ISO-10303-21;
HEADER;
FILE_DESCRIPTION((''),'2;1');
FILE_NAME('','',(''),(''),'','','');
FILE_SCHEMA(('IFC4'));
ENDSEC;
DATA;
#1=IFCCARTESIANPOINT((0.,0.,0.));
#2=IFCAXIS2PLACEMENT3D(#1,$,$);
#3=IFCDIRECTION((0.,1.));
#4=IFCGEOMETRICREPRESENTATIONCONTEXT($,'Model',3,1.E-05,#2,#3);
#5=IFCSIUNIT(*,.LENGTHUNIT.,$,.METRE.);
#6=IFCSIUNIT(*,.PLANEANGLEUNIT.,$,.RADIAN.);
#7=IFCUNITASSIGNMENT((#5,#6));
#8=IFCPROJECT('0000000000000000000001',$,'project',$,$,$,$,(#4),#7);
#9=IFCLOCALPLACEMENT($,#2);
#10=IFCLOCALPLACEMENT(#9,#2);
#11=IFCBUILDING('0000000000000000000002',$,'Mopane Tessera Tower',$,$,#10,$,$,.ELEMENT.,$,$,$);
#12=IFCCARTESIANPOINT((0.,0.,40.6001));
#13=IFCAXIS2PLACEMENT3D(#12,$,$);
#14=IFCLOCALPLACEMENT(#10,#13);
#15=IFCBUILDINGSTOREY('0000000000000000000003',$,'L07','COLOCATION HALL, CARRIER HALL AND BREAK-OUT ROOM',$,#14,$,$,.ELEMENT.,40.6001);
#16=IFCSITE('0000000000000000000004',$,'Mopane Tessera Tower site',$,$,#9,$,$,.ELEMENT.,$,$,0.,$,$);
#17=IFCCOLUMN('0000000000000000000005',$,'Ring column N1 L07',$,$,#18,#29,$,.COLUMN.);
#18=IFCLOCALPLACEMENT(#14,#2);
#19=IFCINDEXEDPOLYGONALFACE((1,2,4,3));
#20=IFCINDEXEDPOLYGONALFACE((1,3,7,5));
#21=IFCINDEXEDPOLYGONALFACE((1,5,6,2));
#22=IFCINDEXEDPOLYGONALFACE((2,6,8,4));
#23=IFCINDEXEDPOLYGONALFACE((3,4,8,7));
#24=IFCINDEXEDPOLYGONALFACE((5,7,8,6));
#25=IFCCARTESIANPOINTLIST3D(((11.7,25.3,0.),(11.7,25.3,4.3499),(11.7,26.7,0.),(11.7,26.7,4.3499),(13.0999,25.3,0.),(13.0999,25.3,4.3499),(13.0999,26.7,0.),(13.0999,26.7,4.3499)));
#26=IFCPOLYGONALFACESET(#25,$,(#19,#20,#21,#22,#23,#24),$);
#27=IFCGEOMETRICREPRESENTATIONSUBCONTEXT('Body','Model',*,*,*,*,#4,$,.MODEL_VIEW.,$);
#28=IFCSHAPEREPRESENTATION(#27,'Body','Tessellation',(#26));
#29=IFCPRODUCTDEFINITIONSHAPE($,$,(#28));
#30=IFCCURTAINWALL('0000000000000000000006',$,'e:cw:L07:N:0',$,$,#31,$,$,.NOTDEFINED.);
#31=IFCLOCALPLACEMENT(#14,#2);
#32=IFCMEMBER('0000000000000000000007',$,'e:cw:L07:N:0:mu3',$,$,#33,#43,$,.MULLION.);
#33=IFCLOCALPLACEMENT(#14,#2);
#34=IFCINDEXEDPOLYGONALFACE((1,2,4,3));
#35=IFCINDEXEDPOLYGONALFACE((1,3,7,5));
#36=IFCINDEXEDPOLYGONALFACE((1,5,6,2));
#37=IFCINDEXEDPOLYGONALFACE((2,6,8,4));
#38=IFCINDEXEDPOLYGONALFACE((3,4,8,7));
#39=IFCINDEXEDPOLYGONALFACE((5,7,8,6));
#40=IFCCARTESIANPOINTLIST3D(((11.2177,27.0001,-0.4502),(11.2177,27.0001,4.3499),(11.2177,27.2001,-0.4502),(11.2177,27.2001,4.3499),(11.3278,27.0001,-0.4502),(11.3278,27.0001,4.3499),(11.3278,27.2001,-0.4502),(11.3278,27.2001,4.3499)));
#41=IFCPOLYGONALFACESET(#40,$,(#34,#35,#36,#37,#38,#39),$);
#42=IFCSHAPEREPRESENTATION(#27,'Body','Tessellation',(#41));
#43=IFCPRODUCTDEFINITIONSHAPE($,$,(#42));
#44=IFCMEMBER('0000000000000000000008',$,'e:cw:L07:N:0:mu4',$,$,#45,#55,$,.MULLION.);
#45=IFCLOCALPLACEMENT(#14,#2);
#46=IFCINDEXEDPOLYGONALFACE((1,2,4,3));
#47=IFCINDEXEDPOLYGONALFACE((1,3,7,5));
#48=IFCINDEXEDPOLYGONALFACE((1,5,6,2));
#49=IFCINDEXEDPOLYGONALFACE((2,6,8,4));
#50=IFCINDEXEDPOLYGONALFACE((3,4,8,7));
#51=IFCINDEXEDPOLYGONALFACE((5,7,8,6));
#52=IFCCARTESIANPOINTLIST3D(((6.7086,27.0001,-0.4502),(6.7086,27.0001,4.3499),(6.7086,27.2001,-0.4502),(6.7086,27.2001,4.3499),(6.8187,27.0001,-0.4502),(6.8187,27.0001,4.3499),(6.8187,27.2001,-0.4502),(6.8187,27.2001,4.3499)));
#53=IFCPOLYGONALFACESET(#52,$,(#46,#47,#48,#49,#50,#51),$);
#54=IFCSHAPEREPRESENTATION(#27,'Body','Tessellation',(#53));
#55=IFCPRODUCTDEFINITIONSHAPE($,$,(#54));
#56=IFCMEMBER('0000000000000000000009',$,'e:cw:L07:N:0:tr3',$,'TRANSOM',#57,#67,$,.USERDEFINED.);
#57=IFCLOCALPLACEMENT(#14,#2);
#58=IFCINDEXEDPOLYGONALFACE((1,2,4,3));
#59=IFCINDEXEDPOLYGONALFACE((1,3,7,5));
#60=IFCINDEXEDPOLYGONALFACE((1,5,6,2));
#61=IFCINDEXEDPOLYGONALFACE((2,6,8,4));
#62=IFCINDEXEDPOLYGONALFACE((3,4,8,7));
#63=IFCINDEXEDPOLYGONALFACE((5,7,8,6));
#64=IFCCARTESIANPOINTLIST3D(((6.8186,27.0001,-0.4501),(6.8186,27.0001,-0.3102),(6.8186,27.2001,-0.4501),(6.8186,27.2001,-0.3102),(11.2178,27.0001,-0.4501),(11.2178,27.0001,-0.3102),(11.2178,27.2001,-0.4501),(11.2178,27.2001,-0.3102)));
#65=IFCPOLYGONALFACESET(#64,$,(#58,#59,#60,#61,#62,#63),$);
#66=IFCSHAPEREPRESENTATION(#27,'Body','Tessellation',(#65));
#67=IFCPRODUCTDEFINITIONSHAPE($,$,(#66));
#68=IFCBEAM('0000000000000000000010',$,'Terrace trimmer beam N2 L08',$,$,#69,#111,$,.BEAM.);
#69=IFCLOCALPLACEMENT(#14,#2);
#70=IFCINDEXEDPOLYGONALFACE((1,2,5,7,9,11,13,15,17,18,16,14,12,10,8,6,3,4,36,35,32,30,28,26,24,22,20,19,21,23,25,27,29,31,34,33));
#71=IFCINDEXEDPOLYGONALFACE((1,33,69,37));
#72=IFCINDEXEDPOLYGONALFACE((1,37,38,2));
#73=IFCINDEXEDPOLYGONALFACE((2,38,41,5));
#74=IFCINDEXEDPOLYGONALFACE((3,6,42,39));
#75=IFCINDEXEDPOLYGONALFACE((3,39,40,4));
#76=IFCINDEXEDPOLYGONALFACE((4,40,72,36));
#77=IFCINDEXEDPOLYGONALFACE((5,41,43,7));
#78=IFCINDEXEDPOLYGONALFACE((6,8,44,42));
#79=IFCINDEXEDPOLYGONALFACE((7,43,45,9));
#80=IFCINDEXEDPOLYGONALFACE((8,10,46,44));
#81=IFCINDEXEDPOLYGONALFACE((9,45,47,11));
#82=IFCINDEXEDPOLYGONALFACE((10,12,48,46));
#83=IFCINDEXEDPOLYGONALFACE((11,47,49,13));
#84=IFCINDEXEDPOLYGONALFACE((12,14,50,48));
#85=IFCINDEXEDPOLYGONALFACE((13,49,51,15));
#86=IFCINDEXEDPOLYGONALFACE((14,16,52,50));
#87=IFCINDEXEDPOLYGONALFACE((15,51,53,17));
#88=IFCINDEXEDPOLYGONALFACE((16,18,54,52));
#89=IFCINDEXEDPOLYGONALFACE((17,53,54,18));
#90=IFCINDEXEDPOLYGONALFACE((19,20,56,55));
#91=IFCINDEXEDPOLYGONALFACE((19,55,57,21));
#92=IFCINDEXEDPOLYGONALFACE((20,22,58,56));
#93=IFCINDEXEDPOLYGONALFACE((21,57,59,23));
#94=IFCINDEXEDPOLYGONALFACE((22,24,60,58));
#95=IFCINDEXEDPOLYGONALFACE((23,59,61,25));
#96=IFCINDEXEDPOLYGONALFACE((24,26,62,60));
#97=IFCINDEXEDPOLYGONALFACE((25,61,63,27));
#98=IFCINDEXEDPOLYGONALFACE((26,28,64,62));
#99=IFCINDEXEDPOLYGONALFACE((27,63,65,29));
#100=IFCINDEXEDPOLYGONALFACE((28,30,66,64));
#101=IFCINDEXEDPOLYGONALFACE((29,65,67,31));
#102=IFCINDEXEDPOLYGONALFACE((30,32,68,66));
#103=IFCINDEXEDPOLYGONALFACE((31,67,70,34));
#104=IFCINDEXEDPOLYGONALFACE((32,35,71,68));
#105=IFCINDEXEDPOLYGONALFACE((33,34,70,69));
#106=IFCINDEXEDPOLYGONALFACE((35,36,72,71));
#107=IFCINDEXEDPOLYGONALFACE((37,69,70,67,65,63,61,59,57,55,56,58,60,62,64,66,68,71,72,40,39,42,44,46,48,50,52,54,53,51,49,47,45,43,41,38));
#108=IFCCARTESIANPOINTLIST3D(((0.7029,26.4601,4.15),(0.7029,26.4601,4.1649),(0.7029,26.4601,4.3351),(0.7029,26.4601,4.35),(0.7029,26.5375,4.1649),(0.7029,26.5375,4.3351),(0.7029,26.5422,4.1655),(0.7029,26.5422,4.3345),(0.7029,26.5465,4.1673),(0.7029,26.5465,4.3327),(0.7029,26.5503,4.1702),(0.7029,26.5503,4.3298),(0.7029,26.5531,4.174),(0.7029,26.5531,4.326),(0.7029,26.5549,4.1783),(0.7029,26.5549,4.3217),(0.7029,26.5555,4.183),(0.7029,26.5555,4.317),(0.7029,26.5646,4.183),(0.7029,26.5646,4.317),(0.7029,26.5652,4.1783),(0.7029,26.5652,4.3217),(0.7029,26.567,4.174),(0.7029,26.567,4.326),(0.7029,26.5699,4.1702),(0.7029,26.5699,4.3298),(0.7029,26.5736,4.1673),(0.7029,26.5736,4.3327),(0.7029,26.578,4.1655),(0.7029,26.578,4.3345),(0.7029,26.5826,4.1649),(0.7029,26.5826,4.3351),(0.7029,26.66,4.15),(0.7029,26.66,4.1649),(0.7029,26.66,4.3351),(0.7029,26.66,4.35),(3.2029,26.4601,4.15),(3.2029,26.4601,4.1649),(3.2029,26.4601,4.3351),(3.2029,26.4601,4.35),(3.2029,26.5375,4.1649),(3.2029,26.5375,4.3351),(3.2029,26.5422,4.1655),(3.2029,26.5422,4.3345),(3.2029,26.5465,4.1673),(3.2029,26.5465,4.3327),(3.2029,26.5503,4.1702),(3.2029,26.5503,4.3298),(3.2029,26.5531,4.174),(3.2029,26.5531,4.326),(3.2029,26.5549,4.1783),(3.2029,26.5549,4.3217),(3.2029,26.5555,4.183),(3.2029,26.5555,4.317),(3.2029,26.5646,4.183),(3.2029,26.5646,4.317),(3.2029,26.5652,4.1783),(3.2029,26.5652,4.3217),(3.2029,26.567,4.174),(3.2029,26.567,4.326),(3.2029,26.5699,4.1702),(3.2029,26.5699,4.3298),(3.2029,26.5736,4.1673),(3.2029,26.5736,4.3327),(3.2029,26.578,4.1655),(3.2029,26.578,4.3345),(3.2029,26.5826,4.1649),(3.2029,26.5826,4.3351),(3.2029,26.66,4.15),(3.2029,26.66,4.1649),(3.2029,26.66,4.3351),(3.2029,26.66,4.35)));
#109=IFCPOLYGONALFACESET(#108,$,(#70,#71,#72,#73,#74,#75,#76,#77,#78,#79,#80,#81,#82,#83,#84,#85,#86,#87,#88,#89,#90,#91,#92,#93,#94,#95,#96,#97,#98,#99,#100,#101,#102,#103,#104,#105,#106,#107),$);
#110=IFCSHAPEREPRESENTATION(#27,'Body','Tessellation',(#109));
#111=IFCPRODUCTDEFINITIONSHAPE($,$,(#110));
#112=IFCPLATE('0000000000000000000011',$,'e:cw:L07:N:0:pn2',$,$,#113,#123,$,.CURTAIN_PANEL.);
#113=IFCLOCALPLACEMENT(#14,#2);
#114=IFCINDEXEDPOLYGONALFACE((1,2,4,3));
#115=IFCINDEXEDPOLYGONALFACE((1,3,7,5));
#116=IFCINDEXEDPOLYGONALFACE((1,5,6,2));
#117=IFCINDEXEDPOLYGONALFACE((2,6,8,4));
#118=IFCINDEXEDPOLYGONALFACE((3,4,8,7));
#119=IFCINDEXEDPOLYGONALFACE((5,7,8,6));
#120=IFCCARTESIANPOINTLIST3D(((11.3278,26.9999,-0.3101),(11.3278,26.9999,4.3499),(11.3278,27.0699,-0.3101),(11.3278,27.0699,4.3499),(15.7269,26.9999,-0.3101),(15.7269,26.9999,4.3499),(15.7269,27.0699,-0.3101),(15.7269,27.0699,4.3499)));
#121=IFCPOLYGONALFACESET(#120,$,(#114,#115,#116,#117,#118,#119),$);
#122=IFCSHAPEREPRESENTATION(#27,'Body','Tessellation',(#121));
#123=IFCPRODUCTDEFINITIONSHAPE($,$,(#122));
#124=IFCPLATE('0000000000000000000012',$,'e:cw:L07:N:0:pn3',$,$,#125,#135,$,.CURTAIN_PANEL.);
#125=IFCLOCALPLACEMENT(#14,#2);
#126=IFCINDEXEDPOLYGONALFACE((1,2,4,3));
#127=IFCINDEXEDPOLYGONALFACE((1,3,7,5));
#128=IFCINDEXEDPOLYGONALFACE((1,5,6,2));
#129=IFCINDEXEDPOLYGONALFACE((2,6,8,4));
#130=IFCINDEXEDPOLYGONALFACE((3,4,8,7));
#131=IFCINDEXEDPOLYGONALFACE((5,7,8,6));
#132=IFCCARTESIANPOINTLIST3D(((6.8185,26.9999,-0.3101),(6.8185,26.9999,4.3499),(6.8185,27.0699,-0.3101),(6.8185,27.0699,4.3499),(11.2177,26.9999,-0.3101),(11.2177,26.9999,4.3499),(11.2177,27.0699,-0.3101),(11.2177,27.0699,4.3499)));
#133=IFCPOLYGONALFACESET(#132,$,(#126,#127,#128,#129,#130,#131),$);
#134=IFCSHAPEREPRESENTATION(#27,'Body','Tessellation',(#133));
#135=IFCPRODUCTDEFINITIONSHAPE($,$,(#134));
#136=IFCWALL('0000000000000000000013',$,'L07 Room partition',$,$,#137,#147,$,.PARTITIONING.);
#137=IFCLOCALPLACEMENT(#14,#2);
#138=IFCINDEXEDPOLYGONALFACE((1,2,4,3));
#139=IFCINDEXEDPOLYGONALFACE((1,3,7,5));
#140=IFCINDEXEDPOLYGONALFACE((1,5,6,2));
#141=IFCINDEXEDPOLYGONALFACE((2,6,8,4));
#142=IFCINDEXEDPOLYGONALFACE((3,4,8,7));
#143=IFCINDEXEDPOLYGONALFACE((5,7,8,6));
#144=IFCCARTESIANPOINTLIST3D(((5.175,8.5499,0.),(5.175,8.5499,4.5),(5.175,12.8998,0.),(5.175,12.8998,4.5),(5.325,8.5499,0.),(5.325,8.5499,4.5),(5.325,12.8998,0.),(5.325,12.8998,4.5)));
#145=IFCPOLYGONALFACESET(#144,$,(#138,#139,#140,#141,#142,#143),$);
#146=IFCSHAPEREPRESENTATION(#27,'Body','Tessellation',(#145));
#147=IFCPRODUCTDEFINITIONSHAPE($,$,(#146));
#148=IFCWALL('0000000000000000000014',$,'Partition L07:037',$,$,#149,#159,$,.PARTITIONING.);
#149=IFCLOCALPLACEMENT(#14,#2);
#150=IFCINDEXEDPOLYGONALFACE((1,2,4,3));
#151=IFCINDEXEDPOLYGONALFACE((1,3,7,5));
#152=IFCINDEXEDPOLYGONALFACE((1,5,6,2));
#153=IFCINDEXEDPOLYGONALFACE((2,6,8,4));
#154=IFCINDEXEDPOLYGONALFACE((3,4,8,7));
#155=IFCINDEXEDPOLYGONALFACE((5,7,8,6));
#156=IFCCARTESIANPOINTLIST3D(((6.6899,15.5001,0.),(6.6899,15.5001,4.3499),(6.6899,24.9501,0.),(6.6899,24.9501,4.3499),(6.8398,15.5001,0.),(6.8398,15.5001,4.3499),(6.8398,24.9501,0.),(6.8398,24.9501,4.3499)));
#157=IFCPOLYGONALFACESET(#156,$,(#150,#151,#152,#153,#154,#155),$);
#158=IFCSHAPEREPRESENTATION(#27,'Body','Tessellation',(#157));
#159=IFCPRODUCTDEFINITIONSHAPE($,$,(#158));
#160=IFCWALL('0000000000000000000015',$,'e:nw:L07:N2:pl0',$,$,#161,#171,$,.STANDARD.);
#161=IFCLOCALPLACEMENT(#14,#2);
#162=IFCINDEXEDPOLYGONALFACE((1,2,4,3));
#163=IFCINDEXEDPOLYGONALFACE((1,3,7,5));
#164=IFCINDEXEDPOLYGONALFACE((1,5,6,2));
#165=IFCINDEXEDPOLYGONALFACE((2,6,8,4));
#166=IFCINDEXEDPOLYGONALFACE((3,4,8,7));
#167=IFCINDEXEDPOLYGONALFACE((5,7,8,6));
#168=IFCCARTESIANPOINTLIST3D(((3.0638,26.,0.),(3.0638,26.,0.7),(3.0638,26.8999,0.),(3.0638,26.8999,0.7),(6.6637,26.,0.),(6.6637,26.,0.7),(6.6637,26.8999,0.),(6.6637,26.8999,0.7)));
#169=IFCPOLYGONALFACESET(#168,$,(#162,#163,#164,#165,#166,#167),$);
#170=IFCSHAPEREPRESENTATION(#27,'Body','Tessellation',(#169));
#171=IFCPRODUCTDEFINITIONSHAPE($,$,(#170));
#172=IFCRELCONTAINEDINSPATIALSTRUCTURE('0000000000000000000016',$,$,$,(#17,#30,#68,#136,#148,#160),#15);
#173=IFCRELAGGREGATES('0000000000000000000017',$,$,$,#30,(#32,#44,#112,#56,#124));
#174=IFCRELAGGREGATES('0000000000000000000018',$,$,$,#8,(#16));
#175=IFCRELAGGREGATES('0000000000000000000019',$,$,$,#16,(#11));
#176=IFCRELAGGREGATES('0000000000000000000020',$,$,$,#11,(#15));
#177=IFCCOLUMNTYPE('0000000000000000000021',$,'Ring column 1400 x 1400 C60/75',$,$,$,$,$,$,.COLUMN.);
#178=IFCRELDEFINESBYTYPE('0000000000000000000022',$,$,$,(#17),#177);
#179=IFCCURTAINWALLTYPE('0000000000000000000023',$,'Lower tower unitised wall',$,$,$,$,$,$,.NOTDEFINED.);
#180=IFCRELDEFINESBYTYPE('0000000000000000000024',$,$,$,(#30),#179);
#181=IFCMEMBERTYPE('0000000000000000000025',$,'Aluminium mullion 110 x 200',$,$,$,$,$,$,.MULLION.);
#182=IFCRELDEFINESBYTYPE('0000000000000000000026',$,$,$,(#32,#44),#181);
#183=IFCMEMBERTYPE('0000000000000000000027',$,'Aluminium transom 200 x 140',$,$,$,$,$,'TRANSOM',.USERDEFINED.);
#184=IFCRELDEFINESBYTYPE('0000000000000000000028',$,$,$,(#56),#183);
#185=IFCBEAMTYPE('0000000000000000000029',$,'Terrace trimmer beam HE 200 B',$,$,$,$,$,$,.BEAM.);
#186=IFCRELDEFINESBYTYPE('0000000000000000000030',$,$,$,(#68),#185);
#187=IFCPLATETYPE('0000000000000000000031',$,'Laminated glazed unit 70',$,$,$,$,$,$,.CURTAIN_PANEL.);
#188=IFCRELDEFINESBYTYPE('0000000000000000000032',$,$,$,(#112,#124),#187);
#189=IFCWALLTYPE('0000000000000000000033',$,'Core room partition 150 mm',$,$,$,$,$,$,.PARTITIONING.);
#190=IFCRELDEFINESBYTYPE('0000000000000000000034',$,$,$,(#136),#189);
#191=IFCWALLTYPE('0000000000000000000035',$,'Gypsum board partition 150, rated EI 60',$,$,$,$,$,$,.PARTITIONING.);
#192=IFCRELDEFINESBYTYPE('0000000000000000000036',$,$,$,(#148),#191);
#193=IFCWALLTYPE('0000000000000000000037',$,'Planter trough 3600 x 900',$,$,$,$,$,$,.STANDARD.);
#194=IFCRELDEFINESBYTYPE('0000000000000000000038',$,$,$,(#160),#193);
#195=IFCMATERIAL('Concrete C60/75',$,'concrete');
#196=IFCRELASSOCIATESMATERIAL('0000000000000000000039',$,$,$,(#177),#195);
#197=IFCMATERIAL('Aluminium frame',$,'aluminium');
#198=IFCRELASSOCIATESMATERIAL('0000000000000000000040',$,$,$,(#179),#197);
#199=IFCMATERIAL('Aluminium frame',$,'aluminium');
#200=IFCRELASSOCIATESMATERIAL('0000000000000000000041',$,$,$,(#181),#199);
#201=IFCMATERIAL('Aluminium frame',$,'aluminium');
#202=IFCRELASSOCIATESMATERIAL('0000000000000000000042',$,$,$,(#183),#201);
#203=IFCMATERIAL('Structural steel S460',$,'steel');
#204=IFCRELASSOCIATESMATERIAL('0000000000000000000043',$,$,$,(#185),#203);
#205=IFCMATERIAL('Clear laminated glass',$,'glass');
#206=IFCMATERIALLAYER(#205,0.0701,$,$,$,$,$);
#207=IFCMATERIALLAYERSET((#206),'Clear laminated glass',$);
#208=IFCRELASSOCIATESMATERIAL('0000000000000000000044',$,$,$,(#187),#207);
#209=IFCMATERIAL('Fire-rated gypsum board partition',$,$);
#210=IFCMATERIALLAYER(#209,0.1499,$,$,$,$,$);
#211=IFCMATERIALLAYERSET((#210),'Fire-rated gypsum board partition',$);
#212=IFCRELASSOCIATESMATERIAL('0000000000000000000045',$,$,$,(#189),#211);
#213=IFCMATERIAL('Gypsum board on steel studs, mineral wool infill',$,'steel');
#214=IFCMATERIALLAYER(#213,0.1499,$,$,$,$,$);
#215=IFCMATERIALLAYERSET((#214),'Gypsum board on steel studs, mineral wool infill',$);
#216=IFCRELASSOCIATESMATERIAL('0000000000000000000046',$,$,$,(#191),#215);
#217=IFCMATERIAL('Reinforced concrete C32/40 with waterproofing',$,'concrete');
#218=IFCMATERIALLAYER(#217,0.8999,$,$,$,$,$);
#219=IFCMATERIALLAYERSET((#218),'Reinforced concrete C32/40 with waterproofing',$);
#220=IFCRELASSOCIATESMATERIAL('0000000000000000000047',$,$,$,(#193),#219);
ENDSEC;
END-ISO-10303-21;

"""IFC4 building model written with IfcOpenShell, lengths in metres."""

from ifc_helpers import new_model, si_unit, direction, frame, frame_2d, origin, origin_2d, place, context, subcontext, project, spatial, rectangle, i_section, extrude, material, layer, layer_set, material_profile, profile_set, type_object, element, aggregate, save


model = new_model("IFC4")

# Units and contexts
model_context = context("Model", 3, precision=1e-05, world=origin(), true_north=direction((0.0, 1.0)))
body_context = subcontext(model_context, "Body", "Model", "MODEL_VIEW")
ifc_project = project(units=[si_unit("LENGTHUNIT", "METRE"), si_unit("PLANEANGLEUNIT", "RADIAN")], contexts=[model_context])

# Site, building, storey
site_placement = place(None, origin())
site = spatial("IfcSite", under=ifc_project, at=site_placement, Name="Mopane Tessera Tower site", CompositionType="ELEMENT", RefElevation=0.0)
building_placement = place(site_placement, origin())
building = spatial("IfcBuilding", under=site, at=building_placement, Name="Mopane Tessera Tower", CompositionType="ELEMENT")
storey_placement = place(building_placement, frame((0.0, 0.0, 40.6001)))
storey = spatial("IfcBuildingStorey", under=building, at=storey_placement, Name="L07", Description="COLOCATION HALL, CARRIER HALL AND BREAK-OUT ROOM", CompositionType="ELEMENT", Elevation=40.6001)

# Column
ifc_material_1 = material(Name="Concrete C60/75", Category="concrete")
ifc_material_profile_1 = material_profile(ifc_material_1, rectangle(XDim=1.3999, YDim=1.3999, at=origin_2d()))
ifc_profile_set_1 = profile_set([ifc_material_profile_1], Name="Concrete C60/75")
column_type = type_object("IfcColumnType", Name="Ring column 1400 x 1400 C60/75", PredefinedType="COLUMN", material=ifc_profile_set_1)
column_placement = place(storey_placement, frame((12.3999, 26.0, 0.0), z_axis=(0.0, 0.0, 1.0), x_axis=(1.0, 0.0, 0.0)))
element("IfcColumn", 1, at=column_placement, inside=storey, type_object=column_type, Name="Ring column N1 L07", PredefinedType="COLUMN", context=body_context, shape_type="SweptSolid", body=[
    extrude(rectangle(XDim=1.3999, YDim=1.3999, at=origin_2d()), origin(), (0.0, 0.0, 1.0), 4.3499),
])

# Curtain wall, members
ifc_material_2 = material(Name="Aluminium frame", Category="aluminium")
curtain_wall_type = type_object("IfcCurtainWallType", Name="Lower tower unitised wall", PredefinedType="NOTDEFINED", material=ifc_material_2)
curtain_wall_placement = place(storey_placement, origin())
curtain_wall = element("IfcCurtainWall", 2, at=curtain_wall_placement, inside=storey, type_object=curtain_wall_type, Name="e:cw:L07:N:0", PredefinedType="NOTDEFINED")
ifc_material_3 = material(Name="Aluminium frame", Category="aluminium")
ifc_material_profile_2 = material_profile(ifc_material_3, rectangle(XDim=0.1101, YDim=0.2, at=origin_2d()))
ifc_profile_set_2 = profile_set([ifc_material_profile_2], Name="Aluminium frame")
member_type_1 = type_object("IfcMemberType", Name="Aluminium mullion 110 x 200", PredefinedType="MULLION", material=ifc_profile_set_2)
member_1_placement = place(storey_placement, frame((11.2727, 27.1001, -0.4502), z_axis=(0.0, 0.0, 1.0), x_axis=(-1.0, 0.0, 0.0)))
member_1 = element("IfcMember", 3, at=member_1_placement, type_object=member_type_1, Name="e:cw:L07:N:0:mu3", PredefinedType="MULLION", context=body_context, shape_type="SweptSolid", body=[
    extrude(rectangle(XDim=0.1101, YDim=0.2, at=origin_2d()), origin(), (0.0, 0.0, 1.0), 4.8),
])
member_2_placement = place(storey_placement, frame((6.7637, 27.1001, -0.4502), z_axis=(0.0, 0.0, 1.0), x_axis=(-1.0, 0.0, 0.0)))
member_2 = element("IfcMember", 4, at=member_2_placement, type_object=member_type_1, Name="e:cw:L07:N:0:mu4", PredefinedType="MULLION", context=body_context, shape_type="SweptSolid", body=[
    extrude(rectangle(XDim=0.1101, YDim=0.2, at=origin_2d()), origin(), (0.0, 0.0, 1.0), 4.8),
])
ifc_material_4 = material(Name="Aluminium frame", Category="aluminium")
ifc_material_profile_3 = material_profile(ifc_material_4, rectangle(XDim=0.2, YDim=0.1399, at=origin_2d()))
ifc_profile_set_3 = profile_set([ifc_material_profile_3], Name="Aluminium frame")
member_type_2 = type_object("IfcMemberType", Name="Aluminium transom 200 x 140", ElementType="TRANSOM", PredefinedType="USERDEFINED", material=ifc_profile_set_3)
member_3_placement = place(storey_placement, frame((11.2178, 27.1001, -0.3801), z_axis=(-1.0, 0.0, 0.0), x_axis=(0.0, -1.0, 0.0)))
member_3 = element("IfcMember", 5, at=member_3_placement, type_object=member_type_2, Name="e:cw:L07:N:0:tr3", ObjectType="TRANSOM", PredefinedType="USERDEFINED", context=body_context, shape_type="SweptSolid", body=[
    extrude(rectangle(XDim=0.2, YDim=0.1399, at=origin_2d()), origin(), (0.0, 0.0, 1.0), 4.3992),
])

# Beam
ifc_material_5 = material(Name="Structural steel S460", Category="steel")
ifc_material_profile_4 = material_profile(ifc_material_5, i_section(OverallWidth=0.2, OverallDepth=0.2, WebThickness=0.009, FlangeThickness=0.0149, FilletRadius=0.0181, at=origin_2d()))
ifc_profile_set_4 = profile_set([ifc_material_profile_4], Name="Structural steel S460")
beam_type = type_object("IfcBeamType", Name="Terrace trimmer beam HE 200 B", PredefinedType="BEAM", material=ifc_profile_set_4)
beam_placement = place(storey_placement, frame((0.7029, 26.5601, 4.25), z_axis=(1.0, 0.0, 0.0), x_axis=(0.0, 1.0, 0.0)))
element("IfcBeam", 6, at=beam_placement, inside=storey, type_object=beam_type, Name="Terrace trimmer beam N2 L08", PredefinedType="BEAM", context=body_context, shape_type="SweptSolid", body=[
    extrude(i_section(OverallWidth=0.2, OverallDepth=0.2, WebThickness=0.009, FlangeThickness=0.0149, FilletRadius=0.0181, at=origin_2d()), origin(), (0.0, 0.0, 1.0), 2.5),
])

# Plates
ifc_material_6 = material(Name="Clear laminated glass", Category="glass")
ifc_layer_1 = layer(ifc_material_6, 0.0701)
ifc_layer_set_1 = layer_set([ifc_layer_1], Name="Clear laminated glass")
plate_type = type_object("IfcPlateType", Name="Laminated glazed unit 70", PredefinedType="CURTAIN_PANEL", material=ifc_layer_set_1)
plate_1_placement = place(storey_placement, frame((13.5273, 27.0349, -0.3101), z_axis=(0.0, 0.0, 1.0), x_axis=(-1.0, 0.0, 0.0)))
plate_1 = element("IfcPlate", 7, at=plate_1_placement, type_object=plate_type, Name="e:cw:L07:N:0:pn2", PredefinedType="CURTAIN_PANEL", context=body_context, shape_type="SweptSolid", body=[
    extrude(rectangle(XDim=4.3992, YDim=0.0701, at=origin_2d()), origin(), (0.0, 0.0, 1.0), 4.6599),
])
plate_2_placement = place(storey_placement, frame((9.0181, 27.0349, -0.3101), z_axis=(0.0, 0.0, 1.0), x_axis=(-1.0, 0.0, 0.0)))
plate_2 = element("IfcPlate", 8, at=plate_2_placement, type_object=plate_type, Name="e:cw:L07:N:0:pn3", PredefinedType="CURTAIN_PANEL", context=body_context, shape_type="SweptSolid", body=[
    extrude(rectangle(XDim=4.3992, YDim=0.0701, at=origin_2d()), origin(), (0.0, 0.0, 1.0), 4.6599),
])
aggregate(curtain_wall, [member_1, member_2, plate_1, member_3, plate_2])

# Walls
ifc_material_7 = material(Name="Fire-rated gypsum board partition")
ifc_layer_2 = layer(ifc_material_7, 0.1499)
ifc_layer_set_2 = layer_set([ifc_layer_2], Name="Fire-rated gypsum board partition")
wall_type_1 = type_object("IfcWallType", Name="Core room partition 150 mm", PredefinedType="PARTITIONING", material=ifc_layer_set_2)
wall_1_placement = place(storey_placement, frame((5.25, 8.55, 0.0), z_axis=(0.0, 0.0, 1.0), x_axis=(0.0, 1.0, 0.0)))
element("IfcWall", 9, at=wall_1_placement, inside=storey, type_object=wall_type_1, Name="L07 Room partition", PredefinedType="PARTITIONING", context=body_context, shape_type="SweptSolid", body=[
    extrude(rectangle(XDim=4.3499, YDim=0.1499, at=frame_2d((2.1748, 0.0))), origin(), (0.0, 0.0, 1.0), 4.5),
])
ifc_material_8 = material(Name="Gypsum board on steel studs, mineral wool infill", Category="steel")
ifc_layer_3 = layer(ifc_material_8, 0.1499)
ifc_layer_set_3 = layer_set([ifc_layer_3], Name="Gypsum board on steel studs, mineral wool infill")
wall_type_2 = type_object("IfcWallType", Name="Gypsum board partition 150, rated EI 60", PredefinedType="PARTITIONING", material=ifc_layer_set_3)
wall_2_placement = place(storey_placement, frame((6.7649, 15.5, 0.0), z_axis=(0.0, 0.0, 1.0), x_axis=(0.0, 1.0, 0.0)))
element("IfcWall", 10, at=wall_2_placement, inside=storey, type_object=wall_type_2, Name="Partition L07:037", PredefinedType="PARTITIONING", context=body_context, shape_type="SweptSolid", body=[
    extrude(rectangle(XDim=9.45, YDim=0.1499, at=frame_2d((4.7251, 0.0))), origin(), (0.0, 0.0, 1.0), 4.3499),
])
ifc_material_9 = material(Name="Reinforced concrete C32/40 with waterproofing", Category="concrete")
ifc_layer_4 = layer(ifc_material_9, 0.8999)
ifc_layer_set_4 = layer_set([ifc_layer_4], Name="Reinforced concrete C32/40 with waterproofing")
wall_type_3 = type_object("IfcWallType", Name="Planter trough 3600 x 900", PredefinedType="STANDARD", material=ifc_layer_set_4)
wall_3_placement = place(storey_placement, frame((6.6636, 26.45, 0.0), z_axis=(0.0, 0.0, 1.0), x_axis=(-1.0, 0.0, 0.0)))
element("IfcWall", 11, at=wall_3_placement, inside=storey, type_object=wall_type_3, Name="e:nw:L07:N2:pl0", PredefinedType="STANDARD", context=body_context, shape_type="SweptSolid", body=[
    extrude(rectangle(XDim=3.5999, YDim=0.8999, at=frame_2d((1.7998, 0.0))), origin(), (0.0, 0.0, 1.0), 0.7),
])

save(model, "model.ifc")
